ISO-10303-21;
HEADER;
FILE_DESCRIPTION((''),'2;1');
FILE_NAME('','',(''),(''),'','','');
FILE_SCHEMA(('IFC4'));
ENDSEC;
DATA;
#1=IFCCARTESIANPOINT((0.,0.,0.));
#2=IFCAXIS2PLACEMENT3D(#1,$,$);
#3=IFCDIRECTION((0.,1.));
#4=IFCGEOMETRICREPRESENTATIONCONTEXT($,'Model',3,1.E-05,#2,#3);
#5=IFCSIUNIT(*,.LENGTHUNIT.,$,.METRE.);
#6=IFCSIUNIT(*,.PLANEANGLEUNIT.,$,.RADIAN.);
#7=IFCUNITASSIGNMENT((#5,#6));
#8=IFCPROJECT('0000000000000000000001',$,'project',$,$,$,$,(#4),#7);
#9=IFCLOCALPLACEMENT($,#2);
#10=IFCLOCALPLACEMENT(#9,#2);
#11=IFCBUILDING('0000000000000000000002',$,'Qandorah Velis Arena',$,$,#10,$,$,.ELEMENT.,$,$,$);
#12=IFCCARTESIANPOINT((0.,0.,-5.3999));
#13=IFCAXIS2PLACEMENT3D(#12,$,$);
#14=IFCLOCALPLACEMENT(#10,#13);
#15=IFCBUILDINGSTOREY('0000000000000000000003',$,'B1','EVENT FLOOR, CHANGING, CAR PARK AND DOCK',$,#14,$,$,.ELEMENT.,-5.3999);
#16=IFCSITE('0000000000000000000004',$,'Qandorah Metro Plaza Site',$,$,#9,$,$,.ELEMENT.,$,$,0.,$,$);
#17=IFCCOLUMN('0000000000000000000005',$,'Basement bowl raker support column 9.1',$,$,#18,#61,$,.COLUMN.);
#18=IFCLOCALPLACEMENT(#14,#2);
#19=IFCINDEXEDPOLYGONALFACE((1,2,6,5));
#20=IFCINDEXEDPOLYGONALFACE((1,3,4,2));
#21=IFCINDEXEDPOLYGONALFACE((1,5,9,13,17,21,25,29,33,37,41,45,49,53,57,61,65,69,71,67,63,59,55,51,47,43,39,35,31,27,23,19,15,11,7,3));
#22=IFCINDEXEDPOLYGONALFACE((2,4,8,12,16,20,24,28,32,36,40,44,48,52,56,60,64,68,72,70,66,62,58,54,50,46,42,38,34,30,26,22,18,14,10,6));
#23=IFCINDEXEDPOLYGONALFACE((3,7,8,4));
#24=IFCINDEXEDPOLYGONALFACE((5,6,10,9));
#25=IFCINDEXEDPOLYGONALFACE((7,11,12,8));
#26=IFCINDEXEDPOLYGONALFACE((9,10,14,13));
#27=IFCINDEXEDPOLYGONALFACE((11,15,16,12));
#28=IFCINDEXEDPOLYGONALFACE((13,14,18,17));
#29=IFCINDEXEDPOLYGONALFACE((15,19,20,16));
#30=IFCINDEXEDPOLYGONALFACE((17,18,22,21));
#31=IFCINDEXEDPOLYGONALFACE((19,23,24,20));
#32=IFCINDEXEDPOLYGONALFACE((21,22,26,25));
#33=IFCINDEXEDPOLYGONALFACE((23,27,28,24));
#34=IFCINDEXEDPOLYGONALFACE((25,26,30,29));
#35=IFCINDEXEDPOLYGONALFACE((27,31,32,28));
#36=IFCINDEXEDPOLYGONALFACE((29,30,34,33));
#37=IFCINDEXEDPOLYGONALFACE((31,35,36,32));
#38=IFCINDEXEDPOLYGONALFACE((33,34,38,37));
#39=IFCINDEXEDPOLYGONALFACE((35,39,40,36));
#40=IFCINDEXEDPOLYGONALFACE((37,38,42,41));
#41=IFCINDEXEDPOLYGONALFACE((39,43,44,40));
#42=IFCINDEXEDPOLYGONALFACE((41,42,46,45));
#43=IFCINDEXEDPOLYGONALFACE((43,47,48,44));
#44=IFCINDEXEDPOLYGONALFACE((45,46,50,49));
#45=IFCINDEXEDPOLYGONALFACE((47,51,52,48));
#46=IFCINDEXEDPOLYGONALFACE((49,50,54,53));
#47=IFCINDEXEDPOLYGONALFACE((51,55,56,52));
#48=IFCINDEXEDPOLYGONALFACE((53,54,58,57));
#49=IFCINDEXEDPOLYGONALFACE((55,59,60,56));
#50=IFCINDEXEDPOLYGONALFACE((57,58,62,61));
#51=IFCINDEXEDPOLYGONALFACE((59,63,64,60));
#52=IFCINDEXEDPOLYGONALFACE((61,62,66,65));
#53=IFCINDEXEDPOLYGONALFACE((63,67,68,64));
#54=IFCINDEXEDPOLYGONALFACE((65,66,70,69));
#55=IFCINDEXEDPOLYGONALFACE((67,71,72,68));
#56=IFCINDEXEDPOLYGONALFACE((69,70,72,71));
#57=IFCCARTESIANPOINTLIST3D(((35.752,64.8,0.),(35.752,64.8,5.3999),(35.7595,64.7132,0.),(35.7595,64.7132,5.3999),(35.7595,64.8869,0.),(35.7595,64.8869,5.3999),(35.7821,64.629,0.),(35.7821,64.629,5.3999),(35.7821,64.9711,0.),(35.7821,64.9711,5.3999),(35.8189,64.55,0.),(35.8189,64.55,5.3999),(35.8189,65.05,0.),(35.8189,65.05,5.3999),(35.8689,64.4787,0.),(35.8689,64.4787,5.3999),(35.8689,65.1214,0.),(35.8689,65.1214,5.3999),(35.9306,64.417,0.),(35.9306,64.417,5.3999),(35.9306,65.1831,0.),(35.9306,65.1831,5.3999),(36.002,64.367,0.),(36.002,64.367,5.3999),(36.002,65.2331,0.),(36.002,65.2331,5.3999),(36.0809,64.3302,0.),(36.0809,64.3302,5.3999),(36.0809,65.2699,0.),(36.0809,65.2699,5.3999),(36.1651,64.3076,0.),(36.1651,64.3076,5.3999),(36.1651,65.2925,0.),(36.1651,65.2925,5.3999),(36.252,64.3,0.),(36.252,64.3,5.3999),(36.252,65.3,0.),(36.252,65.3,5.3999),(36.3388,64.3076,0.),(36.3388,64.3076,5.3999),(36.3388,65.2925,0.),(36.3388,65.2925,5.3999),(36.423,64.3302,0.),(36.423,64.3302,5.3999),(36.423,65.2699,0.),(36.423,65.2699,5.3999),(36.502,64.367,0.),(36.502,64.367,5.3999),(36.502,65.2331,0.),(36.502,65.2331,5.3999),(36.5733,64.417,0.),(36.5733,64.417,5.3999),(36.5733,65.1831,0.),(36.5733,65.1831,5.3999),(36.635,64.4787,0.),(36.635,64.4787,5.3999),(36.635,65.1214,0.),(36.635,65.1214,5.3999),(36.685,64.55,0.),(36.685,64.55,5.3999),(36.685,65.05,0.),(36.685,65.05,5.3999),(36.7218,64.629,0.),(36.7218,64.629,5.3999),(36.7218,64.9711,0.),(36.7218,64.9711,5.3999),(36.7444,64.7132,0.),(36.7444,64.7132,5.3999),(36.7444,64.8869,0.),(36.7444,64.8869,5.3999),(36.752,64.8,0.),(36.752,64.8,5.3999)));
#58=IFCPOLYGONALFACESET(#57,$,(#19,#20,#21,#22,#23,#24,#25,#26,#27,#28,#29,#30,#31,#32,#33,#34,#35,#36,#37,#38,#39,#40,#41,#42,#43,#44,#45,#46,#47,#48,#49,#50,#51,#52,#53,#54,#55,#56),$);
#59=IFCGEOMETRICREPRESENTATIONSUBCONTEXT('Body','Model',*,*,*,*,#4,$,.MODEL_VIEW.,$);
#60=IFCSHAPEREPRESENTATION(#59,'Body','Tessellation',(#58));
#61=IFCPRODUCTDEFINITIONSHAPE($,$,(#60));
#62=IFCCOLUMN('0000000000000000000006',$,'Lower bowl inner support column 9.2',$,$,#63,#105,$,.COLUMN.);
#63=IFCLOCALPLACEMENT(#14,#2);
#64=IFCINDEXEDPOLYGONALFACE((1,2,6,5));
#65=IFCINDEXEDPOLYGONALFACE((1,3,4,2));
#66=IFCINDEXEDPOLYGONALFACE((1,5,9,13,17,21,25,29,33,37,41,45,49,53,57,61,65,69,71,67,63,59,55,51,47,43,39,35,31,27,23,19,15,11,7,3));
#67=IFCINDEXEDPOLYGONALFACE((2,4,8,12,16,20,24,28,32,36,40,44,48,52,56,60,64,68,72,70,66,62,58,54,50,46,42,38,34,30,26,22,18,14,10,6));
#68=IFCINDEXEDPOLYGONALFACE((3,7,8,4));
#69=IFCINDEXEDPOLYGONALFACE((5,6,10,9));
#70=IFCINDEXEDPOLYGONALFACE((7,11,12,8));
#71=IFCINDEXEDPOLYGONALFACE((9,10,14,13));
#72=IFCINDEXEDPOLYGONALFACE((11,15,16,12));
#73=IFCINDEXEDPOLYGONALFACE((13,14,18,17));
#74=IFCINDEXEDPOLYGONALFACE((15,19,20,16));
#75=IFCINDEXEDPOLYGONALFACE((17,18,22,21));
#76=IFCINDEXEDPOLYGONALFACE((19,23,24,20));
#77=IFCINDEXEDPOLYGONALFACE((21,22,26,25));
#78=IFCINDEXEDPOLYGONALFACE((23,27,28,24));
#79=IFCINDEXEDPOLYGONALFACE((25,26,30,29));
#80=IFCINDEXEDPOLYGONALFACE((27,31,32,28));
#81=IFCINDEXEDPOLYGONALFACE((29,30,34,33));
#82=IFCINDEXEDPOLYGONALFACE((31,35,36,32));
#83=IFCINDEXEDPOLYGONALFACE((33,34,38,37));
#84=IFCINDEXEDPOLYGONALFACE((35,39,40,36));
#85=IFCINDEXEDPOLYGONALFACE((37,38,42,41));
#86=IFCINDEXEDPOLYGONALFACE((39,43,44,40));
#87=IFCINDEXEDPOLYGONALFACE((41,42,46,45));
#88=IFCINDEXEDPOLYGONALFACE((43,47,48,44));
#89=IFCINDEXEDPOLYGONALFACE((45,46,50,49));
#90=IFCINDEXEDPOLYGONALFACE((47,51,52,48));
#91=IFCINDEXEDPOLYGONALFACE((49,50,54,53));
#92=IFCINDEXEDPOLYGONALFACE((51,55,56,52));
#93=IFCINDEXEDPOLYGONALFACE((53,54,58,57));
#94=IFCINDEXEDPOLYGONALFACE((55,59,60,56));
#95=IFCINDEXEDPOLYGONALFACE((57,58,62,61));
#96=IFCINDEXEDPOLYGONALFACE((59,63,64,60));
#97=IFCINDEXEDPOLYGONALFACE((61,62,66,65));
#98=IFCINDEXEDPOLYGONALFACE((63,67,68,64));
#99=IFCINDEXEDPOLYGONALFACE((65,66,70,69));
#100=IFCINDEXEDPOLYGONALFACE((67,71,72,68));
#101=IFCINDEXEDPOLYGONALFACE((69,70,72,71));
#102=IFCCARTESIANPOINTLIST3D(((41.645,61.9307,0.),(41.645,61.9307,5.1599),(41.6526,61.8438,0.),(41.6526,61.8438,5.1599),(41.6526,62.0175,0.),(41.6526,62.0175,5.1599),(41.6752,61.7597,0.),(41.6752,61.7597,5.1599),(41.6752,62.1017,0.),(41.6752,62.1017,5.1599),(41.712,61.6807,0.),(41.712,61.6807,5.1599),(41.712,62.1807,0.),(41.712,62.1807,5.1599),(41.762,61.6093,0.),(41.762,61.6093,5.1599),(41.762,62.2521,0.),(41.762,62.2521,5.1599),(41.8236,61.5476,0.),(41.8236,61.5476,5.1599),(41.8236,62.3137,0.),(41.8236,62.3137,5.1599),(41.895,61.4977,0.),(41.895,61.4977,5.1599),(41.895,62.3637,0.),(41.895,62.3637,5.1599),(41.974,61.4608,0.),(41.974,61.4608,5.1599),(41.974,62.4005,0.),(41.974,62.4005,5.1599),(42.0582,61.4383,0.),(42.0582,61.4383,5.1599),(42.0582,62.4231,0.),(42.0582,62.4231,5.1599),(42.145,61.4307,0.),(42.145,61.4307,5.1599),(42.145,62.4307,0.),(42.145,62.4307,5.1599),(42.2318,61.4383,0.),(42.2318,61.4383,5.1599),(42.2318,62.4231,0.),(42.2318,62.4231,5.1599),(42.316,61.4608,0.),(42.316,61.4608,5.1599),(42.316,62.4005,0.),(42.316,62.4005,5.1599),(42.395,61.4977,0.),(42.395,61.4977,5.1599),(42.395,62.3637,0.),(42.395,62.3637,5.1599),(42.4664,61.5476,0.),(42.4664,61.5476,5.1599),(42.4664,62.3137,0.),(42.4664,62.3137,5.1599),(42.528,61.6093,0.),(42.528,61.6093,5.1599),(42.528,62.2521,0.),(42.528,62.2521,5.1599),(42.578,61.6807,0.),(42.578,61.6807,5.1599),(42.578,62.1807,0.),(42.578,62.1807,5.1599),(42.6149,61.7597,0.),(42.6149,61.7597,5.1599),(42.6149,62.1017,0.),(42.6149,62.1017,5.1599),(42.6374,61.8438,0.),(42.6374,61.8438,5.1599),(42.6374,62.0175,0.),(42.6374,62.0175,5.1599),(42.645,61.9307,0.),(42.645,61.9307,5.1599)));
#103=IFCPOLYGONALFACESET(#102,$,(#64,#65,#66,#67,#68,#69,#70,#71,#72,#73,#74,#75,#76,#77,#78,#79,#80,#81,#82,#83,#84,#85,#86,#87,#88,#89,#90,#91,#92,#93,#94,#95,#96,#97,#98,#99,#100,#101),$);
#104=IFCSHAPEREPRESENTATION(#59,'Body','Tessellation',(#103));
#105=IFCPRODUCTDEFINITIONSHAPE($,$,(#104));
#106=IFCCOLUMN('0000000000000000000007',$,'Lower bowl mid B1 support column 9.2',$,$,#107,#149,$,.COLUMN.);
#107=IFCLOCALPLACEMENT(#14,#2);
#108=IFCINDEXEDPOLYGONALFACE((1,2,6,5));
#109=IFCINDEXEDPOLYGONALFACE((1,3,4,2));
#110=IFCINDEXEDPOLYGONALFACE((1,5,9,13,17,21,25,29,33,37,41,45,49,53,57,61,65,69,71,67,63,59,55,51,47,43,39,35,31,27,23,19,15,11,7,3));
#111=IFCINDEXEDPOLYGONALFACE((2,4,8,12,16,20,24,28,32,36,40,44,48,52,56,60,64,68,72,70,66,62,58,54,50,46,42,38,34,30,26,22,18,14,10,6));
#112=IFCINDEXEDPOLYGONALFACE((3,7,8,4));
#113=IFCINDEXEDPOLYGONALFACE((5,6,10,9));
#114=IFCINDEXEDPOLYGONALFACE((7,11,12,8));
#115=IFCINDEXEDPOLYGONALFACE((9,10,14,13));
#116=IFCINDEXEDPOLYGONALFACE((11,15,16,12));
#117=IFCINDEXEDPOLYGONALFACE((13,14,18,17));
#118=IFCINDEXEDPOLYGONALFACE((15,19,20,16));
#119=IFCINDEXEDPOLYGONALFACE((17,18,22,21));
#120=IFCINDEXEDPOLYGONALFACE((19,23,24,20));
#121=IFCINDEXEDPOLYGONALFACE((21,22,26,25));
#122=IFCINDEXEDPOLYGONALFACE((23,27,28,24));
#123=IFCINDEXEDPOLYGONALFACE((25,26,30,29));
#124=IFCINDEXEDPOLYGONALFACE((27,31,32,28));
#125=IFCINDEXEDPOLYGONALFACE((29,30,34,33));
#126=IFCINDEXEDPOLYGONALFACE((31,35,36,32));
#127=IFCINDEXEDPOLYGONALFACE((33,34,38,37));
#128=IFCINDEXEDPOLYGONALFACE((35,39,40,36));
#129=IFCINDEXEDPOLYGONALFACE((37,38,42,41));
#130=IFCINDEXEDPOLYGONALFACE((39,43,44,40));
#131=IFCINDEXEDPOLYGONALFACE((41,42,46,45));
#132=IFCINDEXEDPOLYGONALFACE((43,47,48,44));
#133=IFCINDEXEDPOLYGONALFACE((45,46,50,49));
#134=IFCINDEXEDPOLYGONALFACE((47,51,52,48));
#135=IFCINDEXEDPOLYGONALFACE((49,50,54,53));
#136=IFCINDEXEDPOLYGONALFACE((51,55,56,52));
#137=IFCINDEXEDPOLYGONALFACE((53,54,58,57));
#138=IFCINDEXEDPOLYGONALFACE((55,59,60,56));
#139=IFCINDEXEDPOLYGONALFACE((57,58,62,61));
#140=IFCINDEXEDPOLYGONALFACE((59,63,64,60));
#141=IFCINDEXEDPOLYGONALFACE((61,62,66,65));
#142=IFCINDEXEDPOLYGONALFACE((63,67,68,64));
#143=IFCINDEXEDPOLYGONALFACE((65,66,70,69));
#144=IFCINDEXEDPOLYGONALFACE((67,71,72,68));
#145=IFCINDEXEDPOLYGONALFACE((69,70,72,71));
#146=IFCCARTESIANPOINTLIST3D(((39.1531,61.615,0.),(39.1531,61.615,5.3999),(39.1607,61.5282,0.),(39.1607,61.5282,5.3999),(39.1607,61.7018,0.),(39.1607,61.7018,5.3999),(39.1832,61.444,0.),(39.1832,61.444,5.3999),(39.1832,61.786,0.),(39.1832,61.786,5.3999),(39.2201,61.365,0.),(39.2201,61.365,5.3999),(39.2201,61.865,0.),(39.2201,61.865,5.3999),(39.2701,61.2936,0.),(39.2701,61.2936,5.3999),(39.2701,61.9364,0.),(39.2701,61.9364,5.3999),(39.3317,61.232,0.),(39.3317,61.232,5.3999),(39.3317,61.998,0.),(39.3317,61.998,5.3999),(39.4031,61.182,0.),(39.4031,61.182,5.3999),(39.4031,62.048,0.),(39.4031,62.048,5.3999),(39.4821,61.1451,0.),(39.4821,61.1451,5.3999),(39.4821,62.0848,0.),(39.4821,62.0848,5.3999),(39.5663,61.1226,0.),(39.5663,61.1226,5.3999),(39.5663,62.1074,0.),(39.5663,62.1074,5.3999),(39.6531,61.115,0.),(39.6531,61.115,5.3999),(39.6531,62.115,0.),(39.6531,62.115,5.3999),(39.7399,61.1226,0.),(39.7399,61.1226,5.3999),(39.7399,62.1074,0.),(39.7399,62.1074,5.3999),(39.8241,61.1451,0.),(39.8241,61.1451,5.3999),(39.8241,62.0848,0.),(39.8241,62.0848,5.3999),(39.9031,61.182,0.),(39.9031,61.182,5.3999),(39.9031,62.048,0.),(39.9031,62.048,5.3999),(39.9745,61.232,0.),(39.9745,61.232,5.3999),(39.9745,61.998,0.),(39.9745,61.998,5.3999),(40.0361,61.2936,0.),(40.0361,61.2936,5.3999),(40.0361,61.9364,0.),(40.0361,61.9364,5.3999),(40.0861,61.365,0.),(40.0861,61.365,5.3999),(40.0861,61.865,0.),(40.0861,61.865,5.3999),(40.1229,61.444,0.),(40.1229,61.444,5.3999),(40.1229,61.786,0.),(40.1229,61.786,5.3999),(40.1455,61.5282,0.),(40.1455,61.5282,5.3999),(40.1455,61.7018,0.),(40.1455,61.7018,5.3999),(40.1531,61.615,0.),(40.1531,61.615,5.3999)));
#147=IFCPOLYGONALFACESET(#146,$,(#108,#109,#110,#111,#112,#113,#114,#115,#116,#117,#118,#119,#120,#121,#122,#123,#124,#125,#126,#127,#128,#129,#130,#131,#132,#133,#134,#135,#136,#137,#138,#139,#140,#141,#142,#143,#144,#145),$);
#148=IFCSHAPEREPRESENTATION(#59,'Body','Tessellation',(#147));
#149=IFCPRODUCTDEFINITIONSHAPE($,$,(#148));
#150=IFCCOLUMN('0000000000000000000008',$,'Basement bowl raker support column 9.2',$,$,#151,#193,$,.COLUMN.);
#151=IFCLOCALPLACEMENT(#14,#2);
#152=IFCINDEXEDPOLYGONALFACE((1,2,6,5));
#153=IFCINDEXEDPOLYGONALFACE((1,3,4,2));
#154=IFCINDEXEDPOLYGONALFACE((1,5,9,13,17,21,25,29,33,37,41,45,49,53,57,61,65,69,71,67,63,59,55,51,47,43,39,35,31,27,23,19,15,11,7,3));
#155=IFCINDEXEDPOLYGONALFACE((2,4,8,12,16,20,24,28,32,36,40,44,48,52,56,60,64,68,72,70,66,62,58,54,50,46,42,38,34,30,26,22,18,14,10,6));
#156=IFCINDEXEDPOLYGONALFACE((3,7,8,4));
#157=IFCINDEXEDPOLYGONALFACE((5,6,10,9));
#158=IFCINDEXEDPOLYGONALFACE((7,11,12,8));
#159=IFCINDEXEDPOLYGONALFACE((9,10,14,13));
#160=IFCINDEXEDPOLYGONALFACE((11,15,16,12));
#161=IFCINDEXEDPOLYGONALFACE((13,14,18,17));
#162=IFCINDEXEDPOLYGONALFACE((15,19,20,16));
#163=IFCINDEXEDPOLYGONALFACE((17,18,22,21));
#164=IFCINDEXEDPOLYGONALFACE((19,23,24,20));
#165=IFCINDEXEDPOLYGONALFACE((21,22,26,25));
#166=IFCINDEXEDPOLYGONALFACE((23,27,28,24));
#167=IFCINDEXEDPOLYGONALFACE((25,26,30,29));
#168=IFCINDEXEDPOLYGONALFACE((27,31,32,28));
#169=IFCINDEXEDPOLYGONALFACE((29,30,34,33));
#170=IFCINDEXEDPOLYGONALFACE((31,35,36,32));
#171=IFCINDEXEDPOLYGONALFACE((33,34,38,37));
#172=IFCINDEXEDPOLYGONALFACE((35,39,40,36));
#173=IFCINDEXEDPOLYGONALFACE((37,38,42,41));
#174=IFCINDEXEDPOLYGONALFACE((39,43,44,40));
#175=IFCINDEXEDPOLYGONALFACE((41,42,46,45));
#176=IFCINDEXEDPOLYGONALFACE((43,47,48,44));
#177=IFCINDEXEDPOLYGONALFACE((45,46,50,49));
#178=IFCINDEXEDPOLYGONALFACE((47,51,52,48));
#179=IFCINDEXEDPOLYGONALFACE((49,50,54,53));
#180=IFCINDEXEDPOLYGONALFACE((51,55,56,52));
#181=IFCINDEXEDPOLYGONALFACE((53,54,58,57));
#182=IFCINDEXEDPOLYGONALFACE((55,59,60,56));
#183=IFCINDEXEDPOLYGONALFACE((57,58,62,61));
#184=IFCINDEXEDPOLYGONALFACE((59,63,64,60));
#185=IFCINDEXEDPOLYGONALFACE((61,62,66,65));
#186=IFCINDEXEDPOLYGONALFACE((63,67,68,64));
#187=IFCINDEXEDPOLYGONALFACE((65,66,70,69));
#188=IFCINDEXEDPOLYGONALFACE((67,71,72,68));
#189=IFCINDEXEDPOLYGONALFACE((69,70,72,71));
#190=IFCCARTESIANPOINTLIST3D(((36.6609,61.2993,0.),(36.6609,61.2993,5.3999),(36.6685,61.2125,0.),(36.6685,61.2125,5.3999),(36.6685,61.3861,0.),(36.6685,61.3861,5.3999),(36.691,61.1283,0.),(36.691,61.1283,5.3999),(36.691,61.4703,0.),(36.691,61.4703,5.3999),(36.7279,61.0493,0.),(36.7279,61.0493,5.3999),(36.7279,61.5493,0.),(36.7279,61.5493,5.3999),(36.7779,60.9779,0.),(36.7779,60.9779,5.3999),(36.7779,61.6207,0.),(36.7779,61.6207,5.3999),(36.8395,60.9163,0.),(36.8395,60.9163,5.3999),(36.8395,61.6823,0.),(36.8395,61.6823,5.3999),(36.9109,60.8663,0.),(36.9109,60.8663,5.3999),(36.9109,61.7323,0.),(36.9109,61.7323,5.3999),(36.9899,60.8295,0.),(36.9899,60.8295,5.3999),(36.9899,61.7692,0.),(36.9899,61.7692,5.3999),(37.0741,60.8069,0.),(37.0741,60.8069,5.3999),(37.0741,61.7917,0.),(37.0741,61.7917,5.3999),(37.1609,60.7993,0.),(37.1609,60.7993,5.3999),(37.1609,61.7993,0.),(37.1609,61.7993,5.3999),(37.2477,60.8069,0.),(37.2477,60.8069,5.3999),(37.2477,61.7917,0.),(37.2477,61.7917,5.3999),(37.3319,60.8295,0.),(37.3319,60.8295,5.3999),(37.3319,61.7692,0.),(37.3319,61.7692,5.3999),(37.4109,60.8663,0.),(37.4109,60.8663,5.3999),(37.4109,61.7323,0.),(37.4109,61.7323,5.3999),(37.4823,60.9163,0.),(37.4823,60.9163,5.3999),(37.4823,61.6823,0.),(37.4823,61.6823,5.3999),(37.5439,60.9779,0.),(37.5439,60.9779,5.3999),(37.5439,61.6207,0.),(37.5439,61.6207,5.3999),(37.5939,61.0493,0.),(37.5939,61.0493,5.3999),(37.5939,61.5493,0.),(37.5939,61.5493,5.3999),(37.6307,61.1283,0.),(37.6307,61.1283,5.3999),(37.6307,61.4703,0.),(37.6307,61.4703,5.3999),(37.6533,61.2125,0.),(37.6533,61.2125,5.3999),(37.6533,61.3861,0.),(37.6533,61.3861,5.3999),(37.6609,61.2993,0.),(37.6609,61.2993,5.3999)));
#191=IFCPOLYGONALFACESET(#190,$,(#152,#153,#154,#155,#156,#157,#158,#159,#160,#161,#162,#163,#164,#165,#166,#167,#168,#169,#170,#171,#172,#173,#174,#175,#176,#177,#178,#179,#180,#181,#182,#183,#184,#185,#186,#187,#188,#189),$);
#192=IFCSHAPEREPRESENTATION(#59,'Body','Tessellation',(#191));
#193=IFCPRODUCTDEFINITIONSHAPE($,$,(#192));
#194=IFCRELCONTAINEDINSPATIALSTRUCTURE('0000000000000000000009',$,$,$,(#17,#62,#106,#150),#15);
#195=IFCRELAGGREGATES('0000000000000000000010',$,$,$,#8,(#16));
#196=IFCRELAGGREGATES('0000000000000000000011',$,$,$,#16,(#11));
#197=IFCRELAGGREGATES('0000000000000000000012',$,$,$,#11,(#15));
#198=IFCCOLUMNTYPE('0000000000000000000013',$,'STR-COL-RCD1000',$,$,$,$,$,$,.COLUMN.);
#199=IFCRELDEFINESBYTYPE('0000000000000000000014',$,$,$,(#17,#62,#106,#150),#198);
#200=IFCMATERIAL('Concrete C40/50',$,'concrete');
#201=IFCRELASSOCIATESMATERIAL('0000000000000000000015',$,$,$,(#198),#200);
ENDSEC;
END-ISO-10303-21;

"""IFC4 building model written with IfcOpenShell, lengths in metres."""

from ifc_helpers import new_model, si_unit, direction, frame, origin, origin_2d, place, context, subcontext, project, spatial, circle, extrude, material, material_profile, profile_set, type_object, element, save


model = new_model("IFC4")

# Units and contexts
model_context = context("Model", 3, precision=1e-05, world=origin(), true_north=direction((0.0, 1.0)))
body_context = subcontext(model_context, "Body", "Model", "MODEL_VIEW")
ifc_project = project(units=[si_unit("LENGTHUNIT", "METRE"), si_unit("PLANEANGLEUNIT", "RADIAN")], contexts=[model_context])

# Site, building, storey
site_placement = place(None, origin())
site = spatial("IfcSite", under=ifc_project, at=site_placement, Name="Qandorah Metro Plaza Site", CompositionType="ELEMENT", RefElevation=0.0)
building_placement = place(site_placement, origin())
building = spatial("IfcBuilding", under=site, at=building_placement, Name="Qandorah Velis Arena", CompositionType="ELEMENT")
storey_placement = place(building_placement, frame((0.0, 0.0, -5.3999)))
storey = spatial("IfcBuildingStorey", under=building, at=storey_placement, Name="B1", Description="EVENT FLOOR, CHANGING, CAR PARK AND DOCK", CompositionType="ELEMENT", Elevation=-5.3999)

# Shared definitions
ifc_material = material(Name="Concrete C40/50", Category="concrete")

# Columns
ifc_material_profile_1 = material_profile(ifc_material, circle(Radius=0.5, at=origin_2d()), Name="RC D1000")
ifc_profile_set_1 = profile_set([ifc_material_profile_1], Name="Concrete C40/50")
column_type_1 = type_object("IfcColumnType", Name="STR-COL-RCD1000", PredefinedType="COLUMN", material=ifc_profile_set_1)
for number, where, z_axis, x_axis, name in (
    (1, (36.252, 64.8, 0.0), (0.0, 0.0, 1.0), (1.0, 0.0, 0.0), "Basement bowl raker support column 9.1"),
):
    element("IfcColumn", number, at=place(storey_placement, frame(where, z_axis=z_axis, x_axis=x_axis)), inside=storey, type_object=column_type_1, Name=name, PredefinedType="COLUMN", context=body_context, shape_type="SweptSolid", body=[
        extrude(circle(Radius=0.5, at=origin_2d()), origin(), (0.0, 0.0, 1.0), 5.3999),
    ])
column_1_placement = place(storey_placement, frame((42.145, 61.9307, 0.0), z_axis=(0.0, 0.0, 1.0), x_axis=(1.0, 0.0, 0.0)))
element("IfcColumn", 2, at=column_1_placement, inside=storey, type_object=column_type_1, Name="Lower bowl inner support column 9.2", PredefinedType="COLUMN", context=body_context, shape_type="SweptSolid", body=[
    extrude(circle(Radius=0.5, at=origin_2d()), origin(), (0.0, 0.0, 1.0), 5.1599),
])
for number, where, z_axis, x_axis, name in (
    (3, (39.6531, 61.615, 0.0), (0.0, 0.0, 1.0), (1.0, 0.0, 0.0), "Lower bowl mid B1 support column 9.2"),
    (4, (37.1609, 61.2993, 0.0), (0.0, 0.0, 1.0), (1.0, 0.0, 0.0), "Basement bowl raker support column 9.2"),
):
    element("IfcColumn", number, at=place(storey_placement, frame(where, z_axis=z_axis, x_axis=x_axis)), inside=storey, type_object=column_type_1, Name=name, PredefinedType="COLUMN", context=body_context, shape_type="SweptSolid", body=[
        extrude(circle(Radius=0.5, at=origin_2d()), origin(), (0.0, 0.0, 1.0), 5.3999),
    ])

save(model, "model.ifc")
